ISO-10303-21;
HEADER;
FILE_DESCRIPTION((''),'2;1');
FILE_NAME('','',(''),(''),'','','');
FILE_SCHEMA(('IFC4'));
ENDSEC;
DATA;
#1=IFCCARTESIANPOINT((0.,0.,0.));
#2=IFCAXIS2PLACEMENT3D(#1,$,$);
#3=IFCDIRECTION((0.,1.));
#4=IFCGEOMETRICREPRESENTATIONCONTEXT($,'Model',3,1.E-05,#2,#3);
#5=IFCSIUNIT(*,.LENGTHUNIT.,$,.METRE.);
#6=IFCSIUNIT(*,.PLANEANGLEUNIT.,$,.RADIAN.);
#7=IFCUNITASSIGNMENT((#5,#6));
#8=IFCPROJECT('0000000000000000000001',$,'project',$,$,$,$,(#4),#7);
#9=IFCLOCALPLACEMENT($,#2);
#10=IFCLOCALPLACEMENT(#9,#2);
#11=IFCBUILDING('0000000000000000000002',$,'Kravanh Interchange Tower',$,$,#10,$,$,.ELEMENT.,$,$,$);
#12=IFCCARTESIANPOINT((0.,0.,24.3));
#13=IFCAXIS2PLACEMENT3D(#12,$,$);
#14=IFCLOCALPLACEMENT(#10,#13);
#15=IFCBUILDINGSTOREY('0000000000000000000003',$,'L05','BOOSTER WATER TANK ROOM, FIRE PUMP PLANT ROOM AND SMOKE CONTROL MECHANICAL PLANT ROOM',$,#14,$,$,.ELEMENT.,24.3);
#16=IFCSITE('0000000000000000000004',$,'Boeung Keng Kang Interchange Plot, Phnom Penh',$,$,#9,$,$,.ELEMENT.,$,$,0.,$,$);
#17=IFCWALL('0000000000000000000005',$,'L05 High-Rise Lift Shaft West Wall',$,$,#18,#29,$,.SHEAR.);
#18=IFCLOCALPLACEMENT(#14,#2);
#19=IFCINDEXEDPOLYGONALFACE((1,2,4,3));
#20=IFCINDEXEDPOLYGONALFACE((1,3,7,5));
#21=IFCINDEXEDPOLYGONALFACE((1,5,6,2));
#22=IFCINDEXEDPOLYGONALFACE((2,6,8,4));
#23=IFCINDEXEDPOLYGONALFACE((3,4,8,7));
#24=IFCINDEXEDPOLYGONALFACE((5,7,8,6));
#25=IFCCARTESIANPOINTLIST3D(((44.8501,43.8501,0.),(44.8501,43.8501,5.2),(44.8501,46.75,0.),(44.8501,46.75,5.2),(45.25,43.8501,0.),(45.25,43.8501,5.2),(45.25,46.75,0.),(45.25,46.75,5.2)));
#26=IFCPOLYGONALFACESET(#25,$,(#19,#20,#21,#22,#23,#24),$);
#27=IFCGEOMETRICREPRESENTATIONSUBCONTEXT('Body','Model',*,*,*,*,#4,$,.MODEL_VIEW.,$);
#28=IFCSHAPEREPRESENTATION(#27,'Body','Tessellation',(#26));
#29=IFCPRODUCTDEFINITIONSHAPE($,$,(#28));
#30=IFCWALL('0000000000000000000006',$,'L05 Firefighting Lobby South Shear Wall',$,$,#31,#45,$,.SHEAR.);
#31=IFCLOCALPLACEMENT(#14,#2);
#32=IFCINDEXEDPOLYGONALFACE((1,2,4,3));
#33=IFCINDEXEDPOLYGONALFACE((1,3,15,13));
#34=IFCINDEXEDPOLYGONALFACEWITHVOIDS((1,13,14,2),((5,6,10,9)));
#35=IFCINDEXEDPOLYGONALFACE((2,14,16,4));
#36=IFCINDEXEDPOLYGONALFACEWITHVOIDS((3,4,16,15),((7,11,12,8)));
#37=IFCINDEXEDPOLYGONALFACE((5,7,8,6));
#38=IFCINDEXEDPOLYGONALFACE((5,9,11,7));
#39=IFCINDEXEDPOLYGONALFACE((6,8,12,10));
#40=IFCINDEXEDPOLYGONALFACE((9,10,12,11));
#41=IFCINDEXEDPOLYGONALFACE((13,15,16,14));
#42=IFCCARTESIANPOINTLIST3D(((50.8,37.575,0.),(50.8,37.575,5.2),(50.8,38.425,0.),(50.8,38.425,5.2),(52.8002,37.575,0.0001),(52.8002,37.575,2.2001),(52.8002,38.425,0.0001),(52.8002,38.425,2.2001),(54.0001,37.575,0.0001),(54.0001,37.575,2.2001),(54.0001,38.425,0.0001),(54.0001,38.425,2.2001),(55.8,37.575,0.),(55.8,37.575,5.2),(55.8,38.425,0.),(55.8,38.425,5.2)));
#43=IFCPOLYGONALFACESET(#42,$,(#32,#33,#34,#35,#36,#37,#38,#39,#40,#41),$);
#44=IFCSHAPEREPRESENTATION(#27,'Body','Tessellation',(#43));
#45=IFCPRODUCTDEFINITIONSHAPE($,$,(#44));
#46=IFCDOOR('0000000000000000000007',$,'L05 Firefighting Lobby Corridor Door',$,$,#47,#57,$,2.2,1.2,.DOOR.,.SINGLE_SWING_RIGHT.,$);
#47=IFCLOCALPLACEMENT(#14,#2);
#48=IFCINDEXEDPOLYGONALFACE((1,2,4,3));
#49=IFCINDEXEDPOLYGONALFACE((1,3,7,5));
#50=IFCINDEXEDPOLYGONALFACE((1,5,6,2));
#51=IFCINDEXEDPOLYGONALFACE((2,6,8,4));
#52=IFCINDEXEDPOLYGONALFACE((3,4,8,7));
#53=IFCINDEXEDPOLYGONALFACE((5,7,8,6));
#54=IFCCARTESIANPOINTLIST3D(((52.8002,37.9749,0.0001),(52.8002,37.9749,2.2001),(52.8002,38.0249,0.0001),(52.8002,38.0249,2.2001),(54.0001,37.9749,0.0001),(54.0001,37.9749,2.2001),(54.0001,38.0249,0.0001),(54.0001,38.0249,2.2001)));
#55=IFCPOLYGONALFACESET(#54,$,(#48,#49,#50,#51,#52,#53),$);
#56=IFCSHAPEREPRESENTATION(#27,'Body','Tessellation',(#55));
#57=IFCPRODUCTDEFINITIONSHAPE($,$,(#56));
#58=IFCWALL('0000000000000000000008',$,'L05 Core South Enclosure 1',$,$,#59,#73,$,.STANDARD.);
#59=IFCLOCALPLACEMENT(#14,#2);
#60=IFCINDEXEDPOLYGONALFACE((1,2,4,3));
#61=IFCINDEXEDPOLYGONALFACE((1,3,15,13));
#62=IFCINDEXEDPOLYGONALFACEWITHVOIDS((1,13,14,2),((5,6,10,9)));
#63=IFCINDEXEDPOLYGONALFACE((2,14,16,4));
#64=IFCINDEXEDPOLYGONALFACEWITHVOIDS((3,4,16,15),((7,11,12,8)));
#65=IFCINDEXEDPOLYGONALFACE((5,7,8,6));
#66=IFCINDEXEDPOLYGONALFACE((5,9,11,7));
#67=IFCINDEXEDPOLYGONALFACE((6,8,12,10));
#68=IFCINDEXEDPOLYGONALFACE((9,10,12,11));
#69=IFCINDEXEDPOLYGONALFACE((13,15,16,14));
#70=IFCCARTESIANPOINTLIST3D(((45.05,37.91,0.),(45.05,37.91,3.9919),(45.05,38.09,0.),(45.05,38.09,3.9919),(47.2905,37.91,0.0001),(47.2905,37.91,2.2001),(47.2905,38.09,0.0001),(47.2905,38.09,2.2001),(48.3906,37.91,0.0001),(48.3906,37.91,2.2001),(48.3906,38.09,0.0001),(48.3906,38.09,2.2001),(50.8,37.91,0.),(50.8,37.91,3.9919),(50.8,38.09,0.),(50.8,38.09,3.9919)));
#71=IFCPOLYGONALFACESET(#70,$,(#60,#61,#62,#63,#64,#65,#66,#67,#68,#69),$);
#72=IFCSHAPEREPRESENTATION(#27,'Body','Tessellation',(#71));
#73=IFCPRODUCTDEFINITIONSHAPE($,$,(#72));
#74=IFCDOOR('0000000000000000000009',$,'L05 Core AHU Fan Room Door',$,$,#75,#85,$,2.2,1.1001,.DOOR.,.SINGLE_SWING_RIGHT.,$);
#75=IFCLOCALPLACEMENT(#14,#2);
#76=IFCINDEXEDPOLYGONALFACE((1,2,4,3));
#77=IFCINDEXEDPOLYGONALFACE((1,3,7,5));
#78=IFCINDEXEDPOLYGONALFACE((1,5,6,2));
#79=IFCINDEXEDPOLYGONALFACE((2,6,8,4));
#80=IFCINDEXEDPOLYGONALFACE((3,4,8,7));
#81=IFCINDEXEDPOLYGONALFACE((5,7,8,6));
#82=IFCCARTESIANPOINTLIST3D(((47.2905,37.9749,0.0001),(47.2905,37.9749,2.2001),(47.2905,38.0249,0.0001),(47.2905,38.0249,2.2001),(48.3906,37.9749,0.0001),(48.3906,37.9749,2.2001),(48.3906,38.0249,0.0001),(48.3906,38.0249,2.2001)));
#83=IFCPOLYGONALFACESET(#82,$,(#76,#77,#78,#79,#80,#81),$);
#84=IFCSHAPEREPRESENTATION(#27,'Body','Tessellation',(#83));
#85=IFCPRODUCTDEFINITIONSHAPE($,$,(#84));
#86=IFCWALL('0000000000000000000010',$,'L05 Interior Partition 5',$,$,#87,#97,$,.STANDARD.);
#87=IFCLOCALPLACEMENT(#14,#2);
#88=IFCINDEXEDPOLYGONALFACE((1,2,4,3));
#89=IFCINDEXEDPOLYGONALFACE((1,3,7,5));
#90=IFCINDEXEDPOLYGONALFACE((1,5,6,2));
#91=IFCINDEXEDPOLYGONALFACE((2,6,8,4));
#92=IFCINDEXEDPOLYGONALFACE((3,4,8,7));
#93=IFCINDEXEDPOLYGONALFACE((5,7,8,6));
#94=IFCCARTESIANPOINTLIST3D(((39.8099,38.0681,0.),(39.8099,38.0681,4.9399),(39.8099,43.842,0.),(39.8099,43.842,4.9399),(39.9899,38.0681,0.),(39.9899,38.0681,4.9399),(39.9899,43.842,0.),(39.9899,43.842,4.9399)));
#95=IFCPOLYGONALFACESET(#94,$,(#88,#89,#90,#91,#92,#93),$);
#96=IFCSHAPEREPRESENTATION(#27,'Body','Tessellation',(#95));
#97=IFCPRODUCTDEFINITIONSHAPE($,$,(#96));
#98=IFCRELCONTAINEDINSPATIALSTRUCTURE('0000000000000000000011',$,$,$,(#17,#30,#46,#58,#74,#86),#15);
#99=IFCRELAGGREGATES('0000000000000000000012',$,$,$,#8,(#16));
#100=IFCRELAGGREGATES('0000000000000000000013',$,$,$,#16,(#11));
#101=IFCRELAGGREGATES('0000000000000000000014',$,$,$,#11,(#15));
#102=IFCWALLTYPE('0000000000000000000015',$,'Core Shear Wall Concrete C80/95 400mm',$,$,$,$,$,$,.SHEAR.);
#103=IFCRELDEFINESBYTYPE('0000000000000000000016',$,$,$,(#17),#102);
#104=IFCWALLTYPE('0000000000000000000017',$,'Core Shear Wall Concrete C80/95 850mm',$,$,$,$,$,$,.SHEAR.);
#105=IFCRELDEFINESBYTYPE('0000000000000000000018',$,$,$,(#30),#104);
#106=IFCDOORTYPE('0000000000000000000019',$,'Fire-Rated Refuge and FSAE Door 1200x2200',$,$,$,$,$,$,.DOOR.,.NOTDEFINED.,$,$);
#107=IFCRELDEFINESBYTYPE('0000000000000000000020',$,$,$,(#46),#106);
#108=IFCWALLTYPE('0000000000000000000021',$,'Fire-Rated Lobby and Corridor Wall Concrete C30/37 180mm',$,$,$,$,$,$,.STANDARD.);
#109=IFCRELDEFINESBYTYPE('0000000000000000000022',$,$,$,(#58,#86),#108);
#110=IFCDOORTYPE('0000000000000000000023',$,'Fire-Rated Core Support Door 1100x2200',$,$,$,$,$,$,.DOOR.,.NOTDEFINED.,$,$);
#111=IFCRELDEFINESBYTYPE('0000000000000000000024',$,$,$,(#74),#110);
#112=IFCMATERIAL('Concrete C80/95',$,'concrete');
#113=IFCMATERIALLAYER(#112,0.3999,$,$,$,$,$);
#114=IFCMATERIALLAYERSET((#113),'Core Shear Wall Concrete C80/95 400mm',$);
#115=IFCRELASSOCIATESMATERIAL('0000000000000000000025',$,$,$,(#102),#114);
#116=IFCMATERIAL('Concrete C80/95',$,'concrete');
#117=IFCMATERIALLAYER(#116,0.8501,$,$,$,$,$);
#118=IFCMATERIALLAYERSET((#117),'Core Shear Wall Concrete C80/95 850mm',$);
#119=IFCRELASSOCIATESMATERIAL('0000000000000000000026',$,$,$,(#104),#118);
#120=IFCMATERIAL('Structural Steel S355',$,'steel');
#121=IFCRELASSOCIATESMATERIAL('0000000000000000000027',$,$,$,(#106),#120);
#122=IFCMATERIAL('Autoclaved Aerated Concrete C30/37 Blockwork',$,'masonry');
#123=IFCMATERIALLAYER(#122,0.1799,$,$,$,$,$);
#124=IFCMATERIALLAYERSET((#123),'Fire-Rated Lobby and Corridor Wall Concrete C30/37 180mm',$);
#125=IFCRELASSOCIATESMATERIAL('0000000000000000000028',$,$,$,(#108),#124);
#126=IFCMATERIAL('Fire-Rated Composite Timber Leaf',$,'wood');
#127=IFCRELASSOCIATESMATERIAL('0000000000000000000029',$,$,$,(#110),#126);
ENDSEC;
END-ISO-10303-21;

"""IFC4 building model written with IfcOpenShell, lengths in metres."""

from ifc_helpers import new_model, si_unit, direction, frame, frame_2d, origin, place, context, subcontext, project, spatial, rectangle, extrude, material, layer, layer_set, type_object, element, fill, save


model = new_model("IFC4")

# Units and contexts
model_context = context("Model", 3, precision=1e-05, world=origin(), true_north=direction((0.0, 1.0)))
body_context = subcontext(model_context, "Body", "Model", "MODEL_VIEW")
ifc_project = project(units=[si_unit("LENGTHUNIT", "METRE"), si_unit("PLANEANGLEUNIT", "RADIAN")], contexts=[model_context])

# Site, building, storey
site_placement = place(None, origin())
site = spatial("IfcSite", under=ifc_project, at=site_placement, Name="Boeung Keng Kang Interchange Plot, Phnom Penh", CompositionType="ELEMENT", RefElevation=0.0)
building_placement = place(site_placement, origin())
building = spatial("IfcBuilding", under=site, at=building_placement, Name="Kravanh Interchange Tower", CompositionType="ELEMENT")
storey_placement = place(building_placement, frame((0.0, 0.0, 24.3)))
storey = spatial("IfcBuildingStorey", under=building, at=storey_placement, Name="L05", Description="BOOSTER WATER TANK ROOM, FIRE PUMP PLANT ROOM AND SMOKE CONTROL MECHANICAL PLANT ROOM", CompositionType="ELEMENT", Elevation=24.3)

# Shared definitions
ifc_material_1 = material(Name="Concrete C80/95", Category="concrete")
ifc_layer_1 = layer(ifc_material_1, 0.3999)
ifc_layer_set_1 = layer_set([ifc_layer_1], Name="Core Shear Wall Concrete C80/95 400mm")
wall_type_1 = type_object("IfcWallType", Name="Core Shear Wall Concrete C80/95 400mm", PredefinedType="SHEAR", material=ifc_layer_set_1)

# Wall
wall_1_placement = place(storey_placement, frame((45.05, 43.8501, 0.0), z_axis=(0.0, 0.0, 1.0), x_axis=(0.0, 1.0, 0.0)))
element("IfcWall", 1, at=wall_1_placement, inside=storey, type_object=wall_type_1, Name="L05 High-Rise Lift Shaft West Wall", PredefinedType="SHEAR", context=body_context, shape_type="SweptSolid", body=[
    extrude(rectangle(XDim=2.8999, YDim=0.3999, at=frame_2d((1.45, 0.0))), origin(), (0.0, 0.0, 1.0), 5.2),
])

# Shared definitions
ifc_material_2 = material(Name="Concrete C80/95", Category="concrete")
ifc_layer_2 = layer(ifc_material_2, 0.8501)
ifc_layer_set_2 = layer_set([ifc_layer_2], Name="Core Shear Wall Concrete C80/95 850mm")
wall_type_2 = type_object("IfcWallType", Name="Core Shear Wall Concrete C80/95 850mm", PredefinedType="SHEAR", material=ifc_layer_set_2)

# Walls, openings, doors
wall_2_placement = place(storey_placement, frame((50.8, 38.0, 0.0), z_axis=(0.0, 0.0, 1.0), x_axis=(1.0, 0.0, 0.0)))
wall_2 = element("IfcWall", 2, at=wall_2_placement, inside=storey, type_object=wall_type_2, Name="L05 Firefighting Lobby South Shear Wall", PredefinedType="SHEAR", context=body_context, shape_type="SweptSolid", body=[
    extrude(rectangle(XDim=5.0, YDim=0.8501, at=frame_2d((2.5, 0.0))), origin(), (0.0, 0.0, 1.0), 5.2),
])
opening_1_placement = place(wall_2_placement, frame((2.0, 0.0, 0.0)))
opening_1 = element("IfcOpeningElement", 3, at=opening_1_placement, cuts=wall_2, PredefinedType="OPENING", context=body_context, shape_type="SweptSolid", body=[
    extrude(rectangle(XDim=1.2, YDim=2.2, at=frame_2d((0.6001, 1.1001))), frame((0.0, 0.4351, 0.0), z_axis=(0.0, -1.0, 0.0), x_axis=(1.0, 0.0, 0.0)), (0.0, 0.0, 1.0), 0.8701),
])
ifc_material_3 = material(Name="Structural Steel S355", Category="steel")
door_type_1 = type_object("IfcDoorType", Name="Fire-Rated Refuge and FSAE Door 1200x2200", OperationType="NOTDEFINED", PredefinedType="DOOR", material=ifc_material_3)
door_1_placement = place(opening_1_placement, origin())
door_1 = element("IfcDoor", 4, at=door_1_placement, inside=storey, type_object=door_type_1, Name="L05 Firefighting Lobby Corridor Door", OperationType="SINGLE_SWING_RIGHT", OverallHeight=2.2, OverallWidth=1.2, PredefinedType="DOOR", context=body_context, shape_type="SweptSolid", body=[
    extrude(rectangle(XDim=1.2, YDim=2.2, at=frame_2d((0.6001, 1.1001))), frame((0.0, 0.0249, 0.0), z_axis=(0.0, -1.0, 0.0), x_axis=(1.0, 0.0, 0.0)), (0.0, 0.0, 1.0), 0.05),
])
fill(opening_1, door_1)
ifc_material_4 = material(Name="Autoclaved Aerated Concrete C30/37 Blockwork", Category="masonry")
ifc_layer_3 = layer(ifc_material_4, 0.1799)
ifc_layer_set_3 = layer_set([ifc_layer_3], Name="Fire-Rated Lobby and Corridor Wall Concrete C30/37 180mm")
wall_type_3 = type_object("IfcWallType", Name="Fire-Rated Lobby and Corridor Wall Concrete C30/37 180mm", PredefinedType="STANDARD", material=ifc_layer_set_3)
wall_3_placement = place(storey_placement, frame((45.05, 38.0, 0.0), z_axis=(0.0, 0.0, 1.0), x_axis=(1.0, 0.0, 0.0)))
wall_3 = element("IfcWall", 5, at=wall_3_placement, inside=storey, type_object=wall_type_3, Name="L05 Core South Enclosure 1", PredefinedType="STANDARD", context=body_context, shape_type="SweptSolid", body=[
    extrude(rectangle(XDim=5.75, YDim=0.1799, at=frame_2d((2.875, 0.0))), origin(), (0.0, 0.0, 1.0), 3.9919),
])
opening_2_placement = place(wall_3_placement, frame((2.2405, 0.0, 0.0)))
opening_2 = element("IfcOpeningElement", 6, at=opening_2_placement, cuts=wall_3, PredefinedType="OPENING", context=body_context, shape_type="SweptSolid", body=[
    extrude(rectangle(XDim=1.1001, YDim=2.2, at=frame_2d((0.55, 1.1001))), frame((0.0, 0.1001, 0.0), z_axis=(0.0, -1.0, 0.0), x_axis=(1.0, 0.0, 0.0)), (0.0, 0.0, 1.0), 0.2),
])
ifc_material_5 = material(Name="Fire-Rated Composite Timber Leaf", Category="wood")
door_type_2 = type_object("IfcDoorType", Name="Fire-Rated Core Support Door 1100x2200", OperationType="NOTDEFINED", PredefinedType="DOOR", material=ifc_material_5)
door_2_placement = place(opening_2_placement, origin())
door_2 = element("IfcDoor", 7, at=door_2_placement, inside=storey, type_object=door_type_2, Name="L05 Core AHU Fan Room Door", OperationType="SINGLE_SWING_RIGHT", OverallHeight=2.2, OverallWidth=1.1001, PredefinedType="DOOR", context=body_context, shape_type="SweptSolid", body=[
    extrude(rectangle(XDim=1.1001, YDim=2.2, at=frame_2d((0.55, 1.1001))), frame((0.0, 0.0249, 0.0), z_axis=(0.0, -1.0, 0.0), x_axis=(1.0, 0.0, 0.0)), (0.0, 0.0, 1.0), 0.05),
])
fill(opening_2, door_2)

# Wall
wall_4_placement = place(storey_placement, frame((39.8999, 38.0681, 0.0), z_axis=(0.0, 0.0, 1.0), x_axis=(0.0, 1.0, 0.0)))
element("IfcWall", 8, at=wall_4_placement, inside=storey, type_object=wall_type_3, Name="L05 Interior Partition 5", PredefinedType="STANDARD", context=body_context, shape_type="SweptSolid", body=[
    extrude(rectangle(XDim=5.7739, YDim=0.1799, at=frame_2d((2.887, 0.0))), origin(), (0.0, 0.0, 1.0), 4.9399),
])

save(model, "model.ifc")
